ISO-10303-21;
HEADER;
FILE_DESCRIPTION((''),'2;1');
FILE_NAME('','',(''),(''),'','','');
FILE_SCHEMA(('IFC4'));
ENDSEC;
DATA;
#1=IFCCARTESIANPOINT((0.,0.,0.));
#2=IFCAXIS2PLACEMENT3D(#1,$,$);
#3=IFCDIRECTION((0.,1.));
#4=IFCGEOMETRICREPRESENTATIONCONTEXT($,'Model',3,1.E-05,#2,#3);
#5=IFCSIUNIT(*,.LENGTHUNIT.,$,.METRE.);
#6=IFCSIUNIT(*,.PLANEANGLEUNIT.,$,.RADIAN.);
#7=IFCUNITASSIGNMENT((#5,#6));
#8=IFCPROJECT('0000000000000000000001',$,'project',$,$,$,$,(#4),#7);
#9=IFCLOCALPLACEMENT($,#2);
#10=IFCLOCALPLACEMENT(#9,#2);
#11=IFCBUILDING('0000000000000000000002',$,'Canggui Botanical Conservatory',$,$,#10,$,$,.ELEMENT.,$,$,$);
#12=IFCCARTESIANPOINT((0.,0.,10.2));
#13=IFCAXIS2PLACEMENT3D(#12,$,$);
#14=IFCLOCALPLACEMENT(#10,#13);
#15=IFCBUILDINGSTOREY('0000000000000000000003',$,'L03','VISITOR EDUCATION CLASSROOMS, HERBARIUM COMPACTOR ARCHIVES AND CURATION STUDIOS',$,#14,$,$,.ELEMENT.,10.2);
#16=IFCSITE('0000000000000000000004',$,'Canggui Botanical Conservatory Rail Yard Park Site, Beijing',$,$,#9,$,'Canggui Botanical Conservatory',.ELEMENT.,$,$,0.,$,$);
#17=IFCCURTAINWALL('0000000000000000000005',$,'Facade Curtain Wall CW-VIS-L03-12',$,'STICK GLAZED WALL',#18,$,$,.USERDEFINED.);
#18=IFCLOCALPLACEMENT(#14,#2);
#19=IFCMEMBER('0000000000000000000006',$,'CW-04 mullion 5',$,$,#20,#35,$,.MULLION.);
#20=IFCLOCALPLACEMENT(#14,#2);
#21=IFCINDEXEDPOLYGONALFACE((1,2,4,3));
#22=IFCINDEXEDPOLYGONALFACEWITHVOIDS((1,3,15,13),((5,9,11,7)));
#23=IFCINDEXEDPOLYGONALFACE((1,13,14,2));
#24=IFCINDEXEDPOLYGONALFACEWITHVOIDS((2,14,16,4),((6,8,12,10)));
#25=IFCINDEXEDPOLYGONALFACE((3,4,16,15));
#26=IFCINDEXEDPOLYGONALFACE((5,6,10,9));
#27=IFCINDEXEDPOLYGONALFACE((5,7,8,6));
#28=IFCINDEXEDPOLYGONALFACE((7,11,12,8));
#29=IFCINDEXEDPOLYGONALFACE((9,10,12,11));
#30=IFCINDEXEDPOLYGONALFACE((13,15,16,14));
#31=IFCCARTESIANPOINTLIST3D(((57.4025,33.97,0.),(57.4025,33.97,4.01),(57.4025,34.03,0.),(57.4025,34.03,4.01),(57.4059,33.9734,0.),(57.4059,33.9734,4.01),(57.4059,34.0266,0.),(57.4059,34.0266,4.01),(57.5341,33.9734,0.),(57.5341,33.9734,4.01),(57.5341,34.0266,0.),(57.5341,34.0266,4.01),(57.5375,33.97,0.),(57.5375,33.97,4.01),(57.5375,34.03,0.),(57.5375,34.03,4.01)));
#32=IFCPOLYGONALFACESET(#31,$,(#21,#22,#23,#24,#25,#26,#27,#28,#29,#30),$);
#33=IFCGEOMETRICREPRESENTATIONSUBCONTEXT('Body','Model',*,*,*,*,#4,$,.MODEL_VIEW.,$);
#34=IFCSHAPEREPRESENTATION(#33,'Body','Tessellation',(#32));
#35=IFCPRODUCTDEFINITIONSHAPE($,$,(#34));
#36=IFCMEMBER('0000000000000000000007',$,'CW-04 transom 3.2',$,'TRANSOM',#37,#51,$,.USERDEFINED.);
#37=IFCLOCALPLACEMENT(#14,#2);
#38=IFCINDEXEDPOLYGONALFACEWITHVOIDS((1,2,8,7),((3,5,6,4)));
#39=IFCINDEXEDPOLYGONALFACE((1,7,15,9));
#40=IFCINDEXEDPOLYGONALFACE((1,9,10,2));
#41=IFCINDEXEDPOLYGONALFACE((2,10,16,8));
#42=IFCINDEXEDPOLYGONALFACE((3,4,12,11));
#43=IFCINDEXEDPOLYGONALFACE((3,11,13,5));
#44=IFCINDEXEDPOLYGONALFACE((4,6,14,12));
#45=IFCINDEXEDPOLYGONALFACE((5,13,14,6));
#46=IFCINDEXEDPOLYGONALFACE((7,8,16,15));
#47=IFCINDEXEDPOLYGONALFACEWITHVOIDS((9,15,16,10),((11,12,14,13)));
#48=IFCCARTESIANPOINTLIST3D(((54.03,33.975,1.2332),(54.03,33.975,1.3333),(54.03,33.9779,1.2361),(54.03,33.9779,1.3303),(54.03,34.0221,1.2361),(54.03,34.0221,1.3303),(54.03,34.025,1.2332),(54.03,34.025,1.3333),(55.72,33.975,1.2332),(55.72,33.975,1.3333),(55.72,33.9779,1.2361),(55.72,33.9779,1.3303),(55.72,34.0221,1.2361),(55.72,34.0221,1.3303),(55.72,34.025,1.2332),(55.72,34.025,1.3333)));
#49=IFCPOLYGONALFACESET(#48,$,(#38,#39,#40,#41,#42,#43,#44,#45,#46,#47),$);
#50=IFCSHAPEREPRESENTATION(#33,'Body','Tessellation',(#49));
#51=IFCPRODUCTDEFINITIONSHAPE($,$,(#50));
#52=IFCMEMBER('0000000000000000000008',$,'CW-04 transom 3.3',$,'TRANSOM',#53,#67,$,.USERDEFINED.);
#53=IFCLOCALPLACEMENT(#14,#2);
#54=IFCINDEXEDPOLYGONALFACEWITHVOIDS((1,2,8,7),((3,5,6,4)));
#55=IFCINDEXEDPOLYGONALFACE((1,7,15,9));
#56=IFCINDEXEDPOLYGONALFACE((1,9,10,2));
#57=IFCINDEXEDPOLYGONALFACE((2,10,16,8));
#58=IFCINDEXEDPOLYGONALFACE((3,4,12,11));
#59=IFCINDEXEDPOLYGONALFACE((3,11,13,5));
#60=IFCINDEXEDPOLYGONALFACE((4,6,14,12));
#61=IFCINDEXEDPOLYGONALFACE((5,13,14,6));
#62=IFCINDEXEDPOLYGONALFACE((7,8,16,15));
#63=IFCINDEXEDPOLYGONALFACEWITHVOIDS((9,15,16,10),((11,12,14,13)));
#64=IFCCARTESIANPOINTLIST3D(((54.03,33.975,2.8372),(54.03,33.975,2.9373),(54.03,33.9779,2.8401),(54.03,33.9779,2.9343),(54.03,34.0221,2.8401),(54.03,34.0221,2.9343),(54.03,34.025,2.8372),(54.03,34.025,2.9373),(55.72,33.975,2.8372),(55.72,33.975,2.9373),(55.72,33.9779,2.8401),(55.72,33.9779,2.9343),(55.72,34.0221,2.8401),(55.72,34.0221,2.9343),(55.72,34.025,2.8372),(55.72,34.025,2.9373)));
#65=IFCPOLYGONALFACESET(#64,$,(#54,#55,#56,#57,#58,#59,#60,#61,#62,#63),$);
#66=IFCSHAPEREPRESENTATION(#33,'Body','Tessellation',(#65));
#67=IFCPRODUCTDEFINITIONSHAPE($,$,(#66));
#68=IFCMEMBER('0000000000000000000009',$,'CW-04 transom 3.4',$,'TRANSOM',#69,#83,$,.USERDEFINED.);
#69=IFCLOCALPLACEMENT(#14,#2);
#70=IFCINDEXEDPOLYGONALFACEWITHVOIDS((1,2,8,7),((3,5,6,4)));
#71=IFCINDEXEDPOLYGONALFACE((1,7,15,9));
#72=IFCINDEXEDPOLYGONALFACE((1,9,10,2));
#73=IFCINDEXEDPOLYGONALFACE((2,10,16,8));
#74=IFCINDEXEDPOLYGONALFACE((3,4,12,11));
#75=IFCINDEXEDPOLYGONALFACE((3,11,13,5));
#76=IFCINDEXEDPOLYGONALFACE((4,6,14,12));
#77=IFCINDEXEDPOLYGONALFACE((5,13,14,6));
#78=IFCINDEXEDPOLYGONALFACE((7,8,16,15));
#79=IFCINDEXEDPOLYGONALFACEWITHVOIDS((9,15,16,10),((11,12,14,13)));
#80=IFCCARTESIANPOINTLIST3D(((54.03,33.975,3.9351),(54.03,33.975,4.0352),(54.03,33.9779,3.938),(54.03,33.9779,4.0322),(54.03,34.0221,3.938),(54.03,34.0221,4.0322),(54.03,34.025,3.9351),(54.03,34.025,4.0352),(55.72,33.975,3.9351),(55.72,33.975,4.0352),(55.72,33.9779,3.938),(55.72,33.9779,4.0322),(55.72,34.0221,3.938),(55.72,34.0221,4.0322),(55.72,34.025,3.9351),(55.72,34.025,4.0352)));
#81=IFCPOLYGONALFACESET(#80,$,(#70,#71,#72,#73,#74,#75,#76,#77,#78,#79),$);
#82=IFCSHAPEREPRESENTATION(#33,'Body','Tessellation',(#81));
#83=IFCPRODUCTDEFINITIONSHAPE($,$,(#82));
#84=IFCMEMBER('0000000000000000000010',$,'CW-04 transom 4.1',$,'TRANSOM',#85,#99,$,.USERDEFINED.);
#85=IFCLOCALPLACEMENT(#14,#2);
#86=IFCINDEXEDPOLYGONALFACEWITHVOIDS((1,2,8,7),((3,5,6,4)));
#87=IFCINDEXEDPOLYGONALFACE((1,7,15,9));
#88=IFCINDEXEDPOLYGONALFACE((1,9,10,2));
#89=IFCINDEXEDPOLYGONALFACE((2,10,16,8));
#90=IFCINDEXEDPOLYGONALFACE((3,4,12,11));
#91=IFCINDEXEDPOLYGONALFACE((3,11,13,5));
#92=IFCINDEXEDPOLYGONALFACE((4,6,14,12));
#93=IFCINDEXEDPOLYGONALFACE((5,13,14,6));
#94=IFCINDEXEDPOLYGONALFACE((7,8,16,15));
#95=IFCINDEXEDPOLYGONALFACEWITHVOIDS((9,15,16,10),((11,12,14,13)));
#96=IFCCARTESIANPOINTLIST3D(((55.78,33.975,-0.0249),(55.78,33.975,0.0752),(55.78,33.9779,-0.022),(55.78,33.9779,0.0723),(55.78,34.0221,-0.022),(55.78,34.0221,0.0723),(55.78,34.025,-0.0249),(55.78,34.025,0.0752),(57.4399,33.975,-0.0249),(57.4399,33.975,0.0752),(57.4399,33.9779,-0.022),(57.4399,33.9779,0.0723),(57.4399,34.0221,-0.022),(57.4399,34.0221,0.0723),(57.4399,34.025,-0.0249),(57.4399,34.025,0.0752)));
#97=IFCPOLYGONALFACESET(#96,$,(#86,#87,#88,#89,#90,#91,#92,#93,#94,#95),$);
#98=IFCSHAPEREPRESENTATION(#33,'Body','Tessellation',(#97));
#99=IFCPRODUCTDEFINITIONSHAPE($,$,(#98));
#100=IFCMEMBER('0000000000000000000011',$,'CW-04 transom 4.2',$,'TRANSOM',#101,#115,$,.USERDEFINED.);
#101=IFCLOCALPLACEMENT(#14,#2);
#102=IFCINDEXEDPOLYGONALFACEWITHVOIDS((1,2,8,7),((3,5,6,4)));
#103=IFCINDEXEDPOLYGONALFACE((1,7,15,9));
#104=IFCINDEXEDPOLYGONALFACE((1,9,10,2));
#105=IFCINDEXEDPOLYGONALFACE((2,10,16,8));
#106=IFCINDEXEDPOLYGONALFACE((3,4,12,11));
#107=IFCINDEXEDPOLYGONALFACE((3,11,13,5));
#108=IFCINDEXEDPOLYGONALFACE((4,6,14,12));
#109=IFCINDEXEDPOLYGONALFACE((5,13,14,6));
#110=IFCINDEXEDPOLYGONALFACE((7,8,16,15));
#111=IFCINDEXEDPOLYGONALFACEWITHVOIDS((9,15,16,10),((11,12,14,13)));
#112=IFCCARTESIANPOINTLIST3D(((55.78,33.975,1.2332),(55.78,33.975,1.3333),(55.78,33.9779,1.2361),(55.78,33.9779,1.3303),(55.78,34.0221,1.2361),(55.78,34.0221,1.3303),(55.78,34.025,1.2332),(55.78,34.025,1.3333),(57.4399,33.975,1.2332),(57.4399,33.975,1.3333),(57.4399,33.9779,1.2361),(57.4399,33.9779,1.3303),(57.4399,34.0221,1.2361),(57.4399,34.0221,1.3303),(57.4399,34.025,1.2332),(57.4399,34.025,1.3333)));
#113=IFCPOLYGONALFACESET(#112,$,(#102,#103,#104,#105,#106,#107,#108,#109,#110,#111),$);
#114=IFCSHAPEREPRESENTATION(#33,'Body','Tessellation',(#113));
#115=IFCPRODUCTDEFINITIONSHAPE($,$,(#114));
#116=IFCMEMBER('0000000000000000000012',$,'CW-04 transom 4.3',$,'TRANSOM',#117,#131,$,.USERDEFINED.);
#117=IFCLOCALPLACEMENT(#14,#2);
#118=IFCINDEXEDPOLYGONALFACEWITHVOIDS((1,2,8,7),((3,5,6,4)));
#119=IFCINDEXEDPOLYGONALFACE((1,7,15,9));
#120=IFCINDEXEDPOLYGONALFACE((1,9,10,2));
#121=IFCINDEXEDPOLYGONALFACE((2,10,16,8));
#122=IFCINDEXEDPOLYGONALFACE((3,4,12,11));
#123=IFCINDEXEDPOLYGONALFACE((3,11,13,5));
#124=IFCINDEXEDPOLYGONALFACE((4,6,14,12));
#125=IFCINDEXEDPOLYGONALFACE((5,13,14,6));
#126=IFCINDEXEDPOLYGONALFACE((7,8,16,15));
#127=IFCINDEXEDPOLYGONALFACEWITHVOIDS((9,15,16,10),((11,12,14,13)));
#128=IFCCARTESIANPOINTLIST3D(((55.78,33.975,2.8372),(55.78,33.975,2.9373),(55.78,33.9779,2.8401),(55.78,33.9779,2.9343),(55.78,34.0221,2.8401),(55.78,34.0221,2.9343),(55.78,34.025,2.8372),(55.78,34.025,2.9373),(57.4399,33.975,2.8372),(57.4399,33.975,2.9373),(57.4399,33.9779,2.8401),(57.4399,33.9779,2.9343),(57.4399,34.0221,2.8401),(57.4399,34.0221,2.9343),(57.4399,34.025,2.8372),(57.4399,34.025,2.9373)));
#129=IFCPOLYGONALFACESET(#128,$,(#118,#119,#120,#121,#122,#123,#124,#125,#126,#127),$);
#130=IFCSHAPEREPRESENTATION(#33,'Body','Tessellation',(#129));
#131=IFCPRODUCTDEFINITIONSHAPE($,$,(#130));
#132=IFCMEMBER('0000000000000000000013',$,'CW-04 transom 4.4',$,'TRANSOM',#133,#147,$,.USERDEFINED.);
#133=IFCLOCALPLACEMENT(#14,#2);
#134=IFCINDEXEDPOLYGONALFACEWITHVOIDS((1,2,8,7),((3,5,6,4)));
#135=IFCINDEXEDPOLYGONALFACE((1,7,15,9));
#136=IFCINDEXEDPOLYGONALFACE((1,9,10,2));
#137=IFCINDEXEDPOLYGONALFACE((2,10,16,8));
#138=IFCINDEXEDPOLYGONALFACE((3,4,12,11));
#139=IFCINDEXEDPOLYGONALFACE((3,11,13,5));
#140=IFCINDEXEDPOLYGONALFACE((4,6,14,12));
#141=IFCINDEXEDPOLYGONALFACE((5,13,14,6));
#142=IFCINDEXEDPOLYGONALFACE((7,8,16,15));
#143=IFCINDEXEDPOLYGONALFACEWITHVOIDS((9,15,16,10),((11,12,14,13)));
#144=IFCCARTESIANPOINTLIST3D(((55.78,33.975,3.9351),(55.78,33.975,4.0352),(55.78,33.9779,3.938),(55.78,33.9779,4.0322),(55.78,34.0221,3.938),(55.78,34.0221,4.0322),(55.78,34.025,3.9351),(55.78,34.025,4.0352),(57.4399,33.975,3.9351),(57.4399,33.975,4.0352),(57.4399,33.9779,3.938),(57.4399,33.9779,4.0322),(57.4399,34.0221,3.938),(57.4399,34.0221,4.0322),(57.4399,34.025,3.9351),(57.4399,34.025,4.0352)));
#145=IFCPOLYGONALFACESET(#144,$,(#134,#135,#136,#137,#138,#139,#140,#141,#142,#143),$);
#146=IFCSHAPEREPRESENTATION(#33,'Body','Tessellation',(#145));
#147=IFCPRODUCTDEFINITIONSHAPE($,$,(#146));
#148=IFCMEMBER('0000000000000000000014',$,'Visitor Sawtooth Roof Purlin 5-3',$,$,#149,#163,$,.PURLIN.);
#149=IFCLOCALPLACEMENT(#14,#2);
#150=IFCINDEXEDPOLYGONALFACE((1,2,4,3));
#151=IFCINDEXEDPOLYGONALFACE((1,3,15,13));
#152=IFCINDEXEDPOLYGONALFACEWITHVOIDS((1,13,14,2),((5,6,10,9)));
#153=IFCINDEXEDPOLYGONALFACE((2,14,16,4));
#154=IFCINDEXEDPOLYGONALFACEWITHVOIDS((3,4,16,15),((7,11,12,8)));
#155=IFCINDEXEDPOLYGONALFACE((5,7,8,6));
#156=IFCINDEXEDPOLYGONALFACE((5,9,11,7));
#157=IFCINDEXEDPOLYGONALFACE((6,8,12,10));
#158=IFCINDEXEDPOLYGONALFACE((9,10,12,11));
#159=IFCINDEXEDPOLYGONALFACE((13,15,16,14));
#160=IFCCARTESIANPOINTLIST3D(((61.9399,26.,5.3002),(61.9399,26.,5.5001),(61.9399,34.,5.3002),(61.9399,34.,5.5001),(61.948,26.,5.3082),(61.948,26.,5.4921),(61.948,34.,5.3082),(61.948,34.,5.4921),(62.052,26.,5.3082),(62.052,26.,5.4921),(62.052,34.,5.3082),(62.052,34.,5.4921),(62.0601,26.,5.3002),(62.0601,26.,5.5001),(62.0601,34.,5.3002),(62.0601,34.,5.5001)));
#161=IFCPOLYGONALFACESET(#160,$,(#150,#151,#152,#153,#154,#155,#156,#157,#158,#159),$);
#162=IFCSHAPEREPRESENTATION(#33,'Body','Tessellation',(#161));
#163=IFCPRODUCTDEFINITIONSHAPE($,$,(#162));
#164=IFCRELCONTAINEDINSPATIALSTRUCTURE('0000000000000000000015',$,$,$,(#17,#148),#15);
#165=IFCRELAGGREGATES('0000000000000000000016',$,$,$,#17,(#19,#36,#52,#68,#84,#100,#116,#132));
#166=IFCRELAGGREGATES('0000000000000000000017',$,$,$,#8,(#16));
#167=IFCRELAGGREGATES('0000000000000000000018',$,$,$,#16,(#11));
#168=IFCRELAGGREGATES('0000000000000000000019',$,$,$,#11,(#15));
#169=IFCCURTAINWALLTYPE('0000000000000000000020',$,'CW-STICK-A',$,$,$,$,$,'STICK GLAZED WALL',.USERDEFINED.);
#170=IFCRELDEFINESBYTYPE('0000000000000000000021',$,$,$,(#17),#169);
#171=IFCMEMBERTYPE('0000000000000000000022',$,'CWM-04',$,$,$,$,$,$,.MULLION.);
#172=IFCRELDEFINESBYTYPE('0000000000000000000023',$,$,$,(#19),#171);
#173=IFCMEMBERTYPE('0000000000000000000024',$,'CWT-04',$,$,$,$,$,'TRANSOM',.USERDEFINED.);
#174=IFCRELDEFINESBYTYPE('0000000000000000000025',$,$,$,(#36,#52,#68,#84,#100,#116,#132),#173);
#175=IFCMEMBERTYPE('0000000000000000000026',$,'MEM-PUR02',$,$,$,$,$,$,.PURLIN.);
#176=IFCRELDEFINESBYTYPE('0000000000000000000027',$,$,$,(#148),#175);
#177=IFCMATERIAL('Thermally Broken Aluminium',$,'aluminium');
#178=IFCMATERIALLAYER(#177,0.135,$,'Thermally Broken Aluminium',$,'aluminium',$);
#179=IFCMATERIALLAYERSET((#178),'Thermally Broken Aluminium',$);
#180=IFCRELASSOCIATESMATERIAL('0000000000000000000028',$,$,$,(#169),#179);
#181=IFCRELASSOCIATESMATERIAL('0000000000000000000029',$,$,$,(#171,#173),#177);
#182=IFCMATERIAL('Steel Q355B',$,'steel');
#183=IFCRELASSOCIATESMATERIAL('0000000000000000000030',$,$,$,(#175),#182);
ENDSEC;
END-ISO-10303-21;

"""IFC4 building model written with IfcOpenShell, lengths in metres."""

from ifc_helpers import new_model, si_unit, direction, frame, origin, origin_2d, place, context, subcontext, project, spatial, hollow_rectangle, extrude, material, layer, layer_set, material_profile, profile_set, type_object, element, aggregate, save


model = new_model("IFC4")

# Units and contexts
model_context = context("Model", 3, precision=1e-05, world=origin(), true_north=direction((0.0, 1.0)))
body_context = subcontext(model_context, "Body", "Model", "MODEL_VIEW")
ifc_project = project(units=[si_unit("LENGTHUNIT", "METRE"), si_unit("PLANEANGLEUNIT", "RADIAN")], contexts=[model_context])

# Site, building, storey
site_placement = place(None, origin())
site = spatial("IfcSite", under=ifc_project, at=site_placement, Name="Canggui Botanical Conservatory Rail Yard Park Site, Beijing", LongName="Canggui Botanical Conservatory", CompositionType="ELEMENT", RefElevation=0.0)
building_placement = place(site_placement, origin())
building = spatial("IfcBuilding", under=site, at=building_placement, Name="Canggui Botanical Conservatory", CompositionType="ELEMENT")
storey_placement = place(building_placement, frame((0.0, 0.0, 10.2)))
storey = spatial("IfcBuildingStorey", under=building, at=storey_placement, Name="L03", Description="VISITOR EDUCATION CLASSROOMS, HERBARIUM COMPACTOR ARCHIVES AND CURATION STUDIOS", CompositionType="ELEMENT", Elevation=10.2)

# Shared definitions
ifc_material_1 = material(Name="Steel Q355B", Category="steel")

# Curtain wall, members
ifc_material_2 = material(Name="Thermally Broken Aluminium", Category="aluminium")
ifc_layer_1 = layer(ifc_material_2, 0.135, Name="Thermally Broken Aluminium", Category="aluminium")
ifc_layer_set_1 = layer_set([ifc_layer_1], Name="Thermally Broken Aluminium")
curtain_wall_type = type_object("IfcCurtainWallType", Name="CW-STICK-A", ElementType="STICK GLAZED WALL", PredefinedType="USERDEFINED", material=ifc_layer_set_1)
curtain_wall_placement = place(storey_placement, origin())
curtain_wall = element("IfcCurtainWall", 1, at=curtain_wall_placement, inside=storey, type_object=curtain_wall_type, Name="Facade Curtain Wall CW-VIS-L03-12", ObjectType="STICK GLAZED WALL", PredefinedType="USERDEFINED")
ifc_material_profile_1 = material_profile(ifc_material_2, hollow_rectangle(XDim=0.0601, YDim=0.135, WallThickness=0.0034, at=origin_2d()), Name="CWM 60x135x3.5")
ifc_profile_set_1 = profile_set([ifc_material_profile_1], Name="Thermally Broken Aluminium")
member_type_1 = type_object("IfcMemberType", Name="CWM-04", PredefinedType="MULLION", material=ifc_profile_set_1)
member_1_placement = place(storey_placement, frame((57.47, 34.0, 0.0), z_axis=(0.0, 0.0, 1.0), x_axis=(0.0, 1.0, 0.0)))
member_1 = element("IfcMember", 2, at=member_1_placement, type_object=member_type_1, Name="CW-04 mullion 5", PredefinedType="MULLION", context=body_context, shape_type="SweptSolid", body=[
    extrude(hollow_rectangle(XDim=0.0601, YDim=0.135, WallThickness=0.0034, at=origin_2d()), origin(), (0.0, 0.0, 1.0), 4.01),
])
ifc_material_profile_2 = material_profile(ifc_material_2, hollow_rectangle(XDim=0.05, YDim=0.1001, WallThickness=0.0029, at=origin_2d()), Name="CWT 50x100x3")
ifc_profile_set_2 = profile_set([ifc_material_profile_2], Name="Thermally Broken Aluminium")
member_type_2 = type_object("IfcMemberType", Name="CWT-04", ElementType="TRANSOM", PredefinedType="USERDEFINED", material=ifc_profile_set_2)
member_2_placement = place(storey_placement, frame((54.03, 34.0, 1.2832), z_axis=(1.0, 0.0, 0.0), x_axis=(0.0, 1.0, 0.0)))
member_2 = element("IfcMember", 3, at=member_2_placement, type_object=member_type_2, Name="CW-04 transom 3.2", ObjectType="TRANSOM", PredefinedType="USERDEFINED", context=body_context, shape_type="SweptSolid", body=[
    extrude(hollow_rectangle(XDim=0.05, YDim=0.1001, WallThickness=0.0029, at=origin_2d()), origin(), (0.0, 0.0, 1.0), 1.6899),
])
member_3_placement = place(storey_placement, frame((54.03, 34.0, 2.8872), z_axis=(1.0, 0.0, 0.0), x_axis=(0.0, 1.0, 0.0)))
member_3 = element("IfcMember", 4, at=member_3_placement, type_object=member_type_2, Name="CW-04 transom 3.3", ObjectType="TRANSOM", PredefinedType="USERDEFINED", context=body_context, shape_type="SweptSolid", body=[
    extrude(hollow_rectangle(XDim=0.05, YDim=0.1001, WallThickness=0.0029, at=origin_2d()), origin(), (0.0, 0.0, 1.0), 1.6899),
])
member_4_placement = place(storey_placement, frame((54.03, 34.0, 3.9851), z_axis=(1.0, 0.0, 0.0), x_axis=(0.0, 1.0, 0.0)))
member_4 = element("IfcMember", 5, at=member_4_placement, type_object=member_type_2, Name="CW-04 transom 3.4", ObjectType="TRANSOM", PredefinedType="USERDEFINED", context=body_context, shape_type="SweptSolid", body=[
    extrude(hollow_rectangle(XDim=0.05, YDim=0.1001, WallThickness=0.0029, at=origin_2d()), origin(), (0.0, 0.0, 1.0), 1.6899),
])
member_5_placement = place(storey_placement, frame((55.78, 34.0, 0.0251), z_axis=(1.0, 0.0, 0.0), x_axis=(0.0, 1.0, 0.0)))
member_5 = element("IfcMember", 6, at=member_5_placement, type_object=member_type_2, Name="CW-04 transom 4.1", ObjectType="TRANSOM", PredefinedType="USERDEFINED", context=body_context, shape_type="SweptSolid", body=[
    extrude(hollow_rectangle(XDim=0.05, YDim=0.1001, WallThickness=0.0029, at=origin_2d()), origin(), (0.0, 0.0, 1.0), 1.6599),
])
member_6_placement = place(storey_placement, frame((55.78, 34.0, 1.2832), z_axis=(1.0, 0.0, 0.0), x_axis=(0.0, 1.0, 0.0)))
member_6 = element("IfcMember", 7, at=member_6_placement, type_object=member_type_2, Name="CW-04 transom 4.2", ObjectType="TRANSOM", PredefinedType="USERDEFINED", context=body_context, shape_type="SweptSolid", body=[
    extrude(hollow_rectangle(XDim=0.05, YDim=0.1001, WallThickness=0.0029, at=origin_2d()), origin(), (0.0, 0.0, 1.0), 1.6599),
])
member_7_placement = place(storey_placement, frame((55.78, 34.0, 2.8872), z_axis=(1.0, 0.0, 0.0), x_axis=(0.0, 1.0, 0.0)))
member_7 = element("IfcMember", 8, at=member_7_placement, type_object=member_type_2, Name="CW-04 transom 4.3", ObjectType="TRANSOM", PredefinedType="USERDEFINED", context=body_context, shape_type="SweptSolid", body=[
    extrude(hollow_rectangle(XDim=0.05, YDim=0.1001, WallThickness=0.0029, at=origin_2d()), origin(), (0.0, 0.0, 1.0), 1.6599),
])
member_8_placement = place(storey_placement, frame((55.78, 34.0, 3.9851), z_axis=(1.0, 0.0, 0.0), x_axis=(0.0, 1.0, 0.0)))
member_8 = element("IfcMember", 9, at=member_8_placement, type_object=member_type_2, Name="CW-04 transom 4.4", ObjectType="TRANSOM", PredefinedType="USERDEFINED", context=body_context, shape_type="SweptSolid", body=[
    extrude(hollow_rectangle(XDim=0.05, YDim=0.1001, WallThickness=0.0029, at=origin_2d()), origin(), (0.0, 0.0, 1.0), 1.6599),
])

# Member
ifc_material_profile_3 = material_profile(ifc_material_1, hollow_rectangle(XDim=0.1201, YDim=0.2, WallThickness=0.0081, at=origin_2d()), Name="RHS 120x200x8")
ifc_profile_set_3 = profile_set([ifc_material_profile_3], Name="Steel Q355B")
member_type_3 = type_object("IfcMemberType", Name="MEM-PUR02", PredefinedType="PURLIN", material=ifc_profile_set_3)
member_9_placement = place(storey_placement, frame((62.0, 26.0, 5.4001), z_axis=(0.0, 1.0, 0.0), x_axis=(-1.0, 0.0, 0.0)))
element("IfcMember", 10, at=member_9_placement, inside=storey, type_object=member_type_3, Name="Visitor Sawtooth Roof Purlin 5-3", PredefinedType="PURLIN", context=body_context, shape_type="SweptSolid", body=[
    extrude(hollow_rectangle(XDim=0.1201, YDim=0.2, WallThickness=0.0081, at=origin_2d()), origin(), (0.0, 0.0, 1.0), 8.0),
])

aggregate(curtain_wall, [member_1, member_2, member_3, member_4, member_5, member_6, member_7, member_8])

save(model, "model.ifc")
